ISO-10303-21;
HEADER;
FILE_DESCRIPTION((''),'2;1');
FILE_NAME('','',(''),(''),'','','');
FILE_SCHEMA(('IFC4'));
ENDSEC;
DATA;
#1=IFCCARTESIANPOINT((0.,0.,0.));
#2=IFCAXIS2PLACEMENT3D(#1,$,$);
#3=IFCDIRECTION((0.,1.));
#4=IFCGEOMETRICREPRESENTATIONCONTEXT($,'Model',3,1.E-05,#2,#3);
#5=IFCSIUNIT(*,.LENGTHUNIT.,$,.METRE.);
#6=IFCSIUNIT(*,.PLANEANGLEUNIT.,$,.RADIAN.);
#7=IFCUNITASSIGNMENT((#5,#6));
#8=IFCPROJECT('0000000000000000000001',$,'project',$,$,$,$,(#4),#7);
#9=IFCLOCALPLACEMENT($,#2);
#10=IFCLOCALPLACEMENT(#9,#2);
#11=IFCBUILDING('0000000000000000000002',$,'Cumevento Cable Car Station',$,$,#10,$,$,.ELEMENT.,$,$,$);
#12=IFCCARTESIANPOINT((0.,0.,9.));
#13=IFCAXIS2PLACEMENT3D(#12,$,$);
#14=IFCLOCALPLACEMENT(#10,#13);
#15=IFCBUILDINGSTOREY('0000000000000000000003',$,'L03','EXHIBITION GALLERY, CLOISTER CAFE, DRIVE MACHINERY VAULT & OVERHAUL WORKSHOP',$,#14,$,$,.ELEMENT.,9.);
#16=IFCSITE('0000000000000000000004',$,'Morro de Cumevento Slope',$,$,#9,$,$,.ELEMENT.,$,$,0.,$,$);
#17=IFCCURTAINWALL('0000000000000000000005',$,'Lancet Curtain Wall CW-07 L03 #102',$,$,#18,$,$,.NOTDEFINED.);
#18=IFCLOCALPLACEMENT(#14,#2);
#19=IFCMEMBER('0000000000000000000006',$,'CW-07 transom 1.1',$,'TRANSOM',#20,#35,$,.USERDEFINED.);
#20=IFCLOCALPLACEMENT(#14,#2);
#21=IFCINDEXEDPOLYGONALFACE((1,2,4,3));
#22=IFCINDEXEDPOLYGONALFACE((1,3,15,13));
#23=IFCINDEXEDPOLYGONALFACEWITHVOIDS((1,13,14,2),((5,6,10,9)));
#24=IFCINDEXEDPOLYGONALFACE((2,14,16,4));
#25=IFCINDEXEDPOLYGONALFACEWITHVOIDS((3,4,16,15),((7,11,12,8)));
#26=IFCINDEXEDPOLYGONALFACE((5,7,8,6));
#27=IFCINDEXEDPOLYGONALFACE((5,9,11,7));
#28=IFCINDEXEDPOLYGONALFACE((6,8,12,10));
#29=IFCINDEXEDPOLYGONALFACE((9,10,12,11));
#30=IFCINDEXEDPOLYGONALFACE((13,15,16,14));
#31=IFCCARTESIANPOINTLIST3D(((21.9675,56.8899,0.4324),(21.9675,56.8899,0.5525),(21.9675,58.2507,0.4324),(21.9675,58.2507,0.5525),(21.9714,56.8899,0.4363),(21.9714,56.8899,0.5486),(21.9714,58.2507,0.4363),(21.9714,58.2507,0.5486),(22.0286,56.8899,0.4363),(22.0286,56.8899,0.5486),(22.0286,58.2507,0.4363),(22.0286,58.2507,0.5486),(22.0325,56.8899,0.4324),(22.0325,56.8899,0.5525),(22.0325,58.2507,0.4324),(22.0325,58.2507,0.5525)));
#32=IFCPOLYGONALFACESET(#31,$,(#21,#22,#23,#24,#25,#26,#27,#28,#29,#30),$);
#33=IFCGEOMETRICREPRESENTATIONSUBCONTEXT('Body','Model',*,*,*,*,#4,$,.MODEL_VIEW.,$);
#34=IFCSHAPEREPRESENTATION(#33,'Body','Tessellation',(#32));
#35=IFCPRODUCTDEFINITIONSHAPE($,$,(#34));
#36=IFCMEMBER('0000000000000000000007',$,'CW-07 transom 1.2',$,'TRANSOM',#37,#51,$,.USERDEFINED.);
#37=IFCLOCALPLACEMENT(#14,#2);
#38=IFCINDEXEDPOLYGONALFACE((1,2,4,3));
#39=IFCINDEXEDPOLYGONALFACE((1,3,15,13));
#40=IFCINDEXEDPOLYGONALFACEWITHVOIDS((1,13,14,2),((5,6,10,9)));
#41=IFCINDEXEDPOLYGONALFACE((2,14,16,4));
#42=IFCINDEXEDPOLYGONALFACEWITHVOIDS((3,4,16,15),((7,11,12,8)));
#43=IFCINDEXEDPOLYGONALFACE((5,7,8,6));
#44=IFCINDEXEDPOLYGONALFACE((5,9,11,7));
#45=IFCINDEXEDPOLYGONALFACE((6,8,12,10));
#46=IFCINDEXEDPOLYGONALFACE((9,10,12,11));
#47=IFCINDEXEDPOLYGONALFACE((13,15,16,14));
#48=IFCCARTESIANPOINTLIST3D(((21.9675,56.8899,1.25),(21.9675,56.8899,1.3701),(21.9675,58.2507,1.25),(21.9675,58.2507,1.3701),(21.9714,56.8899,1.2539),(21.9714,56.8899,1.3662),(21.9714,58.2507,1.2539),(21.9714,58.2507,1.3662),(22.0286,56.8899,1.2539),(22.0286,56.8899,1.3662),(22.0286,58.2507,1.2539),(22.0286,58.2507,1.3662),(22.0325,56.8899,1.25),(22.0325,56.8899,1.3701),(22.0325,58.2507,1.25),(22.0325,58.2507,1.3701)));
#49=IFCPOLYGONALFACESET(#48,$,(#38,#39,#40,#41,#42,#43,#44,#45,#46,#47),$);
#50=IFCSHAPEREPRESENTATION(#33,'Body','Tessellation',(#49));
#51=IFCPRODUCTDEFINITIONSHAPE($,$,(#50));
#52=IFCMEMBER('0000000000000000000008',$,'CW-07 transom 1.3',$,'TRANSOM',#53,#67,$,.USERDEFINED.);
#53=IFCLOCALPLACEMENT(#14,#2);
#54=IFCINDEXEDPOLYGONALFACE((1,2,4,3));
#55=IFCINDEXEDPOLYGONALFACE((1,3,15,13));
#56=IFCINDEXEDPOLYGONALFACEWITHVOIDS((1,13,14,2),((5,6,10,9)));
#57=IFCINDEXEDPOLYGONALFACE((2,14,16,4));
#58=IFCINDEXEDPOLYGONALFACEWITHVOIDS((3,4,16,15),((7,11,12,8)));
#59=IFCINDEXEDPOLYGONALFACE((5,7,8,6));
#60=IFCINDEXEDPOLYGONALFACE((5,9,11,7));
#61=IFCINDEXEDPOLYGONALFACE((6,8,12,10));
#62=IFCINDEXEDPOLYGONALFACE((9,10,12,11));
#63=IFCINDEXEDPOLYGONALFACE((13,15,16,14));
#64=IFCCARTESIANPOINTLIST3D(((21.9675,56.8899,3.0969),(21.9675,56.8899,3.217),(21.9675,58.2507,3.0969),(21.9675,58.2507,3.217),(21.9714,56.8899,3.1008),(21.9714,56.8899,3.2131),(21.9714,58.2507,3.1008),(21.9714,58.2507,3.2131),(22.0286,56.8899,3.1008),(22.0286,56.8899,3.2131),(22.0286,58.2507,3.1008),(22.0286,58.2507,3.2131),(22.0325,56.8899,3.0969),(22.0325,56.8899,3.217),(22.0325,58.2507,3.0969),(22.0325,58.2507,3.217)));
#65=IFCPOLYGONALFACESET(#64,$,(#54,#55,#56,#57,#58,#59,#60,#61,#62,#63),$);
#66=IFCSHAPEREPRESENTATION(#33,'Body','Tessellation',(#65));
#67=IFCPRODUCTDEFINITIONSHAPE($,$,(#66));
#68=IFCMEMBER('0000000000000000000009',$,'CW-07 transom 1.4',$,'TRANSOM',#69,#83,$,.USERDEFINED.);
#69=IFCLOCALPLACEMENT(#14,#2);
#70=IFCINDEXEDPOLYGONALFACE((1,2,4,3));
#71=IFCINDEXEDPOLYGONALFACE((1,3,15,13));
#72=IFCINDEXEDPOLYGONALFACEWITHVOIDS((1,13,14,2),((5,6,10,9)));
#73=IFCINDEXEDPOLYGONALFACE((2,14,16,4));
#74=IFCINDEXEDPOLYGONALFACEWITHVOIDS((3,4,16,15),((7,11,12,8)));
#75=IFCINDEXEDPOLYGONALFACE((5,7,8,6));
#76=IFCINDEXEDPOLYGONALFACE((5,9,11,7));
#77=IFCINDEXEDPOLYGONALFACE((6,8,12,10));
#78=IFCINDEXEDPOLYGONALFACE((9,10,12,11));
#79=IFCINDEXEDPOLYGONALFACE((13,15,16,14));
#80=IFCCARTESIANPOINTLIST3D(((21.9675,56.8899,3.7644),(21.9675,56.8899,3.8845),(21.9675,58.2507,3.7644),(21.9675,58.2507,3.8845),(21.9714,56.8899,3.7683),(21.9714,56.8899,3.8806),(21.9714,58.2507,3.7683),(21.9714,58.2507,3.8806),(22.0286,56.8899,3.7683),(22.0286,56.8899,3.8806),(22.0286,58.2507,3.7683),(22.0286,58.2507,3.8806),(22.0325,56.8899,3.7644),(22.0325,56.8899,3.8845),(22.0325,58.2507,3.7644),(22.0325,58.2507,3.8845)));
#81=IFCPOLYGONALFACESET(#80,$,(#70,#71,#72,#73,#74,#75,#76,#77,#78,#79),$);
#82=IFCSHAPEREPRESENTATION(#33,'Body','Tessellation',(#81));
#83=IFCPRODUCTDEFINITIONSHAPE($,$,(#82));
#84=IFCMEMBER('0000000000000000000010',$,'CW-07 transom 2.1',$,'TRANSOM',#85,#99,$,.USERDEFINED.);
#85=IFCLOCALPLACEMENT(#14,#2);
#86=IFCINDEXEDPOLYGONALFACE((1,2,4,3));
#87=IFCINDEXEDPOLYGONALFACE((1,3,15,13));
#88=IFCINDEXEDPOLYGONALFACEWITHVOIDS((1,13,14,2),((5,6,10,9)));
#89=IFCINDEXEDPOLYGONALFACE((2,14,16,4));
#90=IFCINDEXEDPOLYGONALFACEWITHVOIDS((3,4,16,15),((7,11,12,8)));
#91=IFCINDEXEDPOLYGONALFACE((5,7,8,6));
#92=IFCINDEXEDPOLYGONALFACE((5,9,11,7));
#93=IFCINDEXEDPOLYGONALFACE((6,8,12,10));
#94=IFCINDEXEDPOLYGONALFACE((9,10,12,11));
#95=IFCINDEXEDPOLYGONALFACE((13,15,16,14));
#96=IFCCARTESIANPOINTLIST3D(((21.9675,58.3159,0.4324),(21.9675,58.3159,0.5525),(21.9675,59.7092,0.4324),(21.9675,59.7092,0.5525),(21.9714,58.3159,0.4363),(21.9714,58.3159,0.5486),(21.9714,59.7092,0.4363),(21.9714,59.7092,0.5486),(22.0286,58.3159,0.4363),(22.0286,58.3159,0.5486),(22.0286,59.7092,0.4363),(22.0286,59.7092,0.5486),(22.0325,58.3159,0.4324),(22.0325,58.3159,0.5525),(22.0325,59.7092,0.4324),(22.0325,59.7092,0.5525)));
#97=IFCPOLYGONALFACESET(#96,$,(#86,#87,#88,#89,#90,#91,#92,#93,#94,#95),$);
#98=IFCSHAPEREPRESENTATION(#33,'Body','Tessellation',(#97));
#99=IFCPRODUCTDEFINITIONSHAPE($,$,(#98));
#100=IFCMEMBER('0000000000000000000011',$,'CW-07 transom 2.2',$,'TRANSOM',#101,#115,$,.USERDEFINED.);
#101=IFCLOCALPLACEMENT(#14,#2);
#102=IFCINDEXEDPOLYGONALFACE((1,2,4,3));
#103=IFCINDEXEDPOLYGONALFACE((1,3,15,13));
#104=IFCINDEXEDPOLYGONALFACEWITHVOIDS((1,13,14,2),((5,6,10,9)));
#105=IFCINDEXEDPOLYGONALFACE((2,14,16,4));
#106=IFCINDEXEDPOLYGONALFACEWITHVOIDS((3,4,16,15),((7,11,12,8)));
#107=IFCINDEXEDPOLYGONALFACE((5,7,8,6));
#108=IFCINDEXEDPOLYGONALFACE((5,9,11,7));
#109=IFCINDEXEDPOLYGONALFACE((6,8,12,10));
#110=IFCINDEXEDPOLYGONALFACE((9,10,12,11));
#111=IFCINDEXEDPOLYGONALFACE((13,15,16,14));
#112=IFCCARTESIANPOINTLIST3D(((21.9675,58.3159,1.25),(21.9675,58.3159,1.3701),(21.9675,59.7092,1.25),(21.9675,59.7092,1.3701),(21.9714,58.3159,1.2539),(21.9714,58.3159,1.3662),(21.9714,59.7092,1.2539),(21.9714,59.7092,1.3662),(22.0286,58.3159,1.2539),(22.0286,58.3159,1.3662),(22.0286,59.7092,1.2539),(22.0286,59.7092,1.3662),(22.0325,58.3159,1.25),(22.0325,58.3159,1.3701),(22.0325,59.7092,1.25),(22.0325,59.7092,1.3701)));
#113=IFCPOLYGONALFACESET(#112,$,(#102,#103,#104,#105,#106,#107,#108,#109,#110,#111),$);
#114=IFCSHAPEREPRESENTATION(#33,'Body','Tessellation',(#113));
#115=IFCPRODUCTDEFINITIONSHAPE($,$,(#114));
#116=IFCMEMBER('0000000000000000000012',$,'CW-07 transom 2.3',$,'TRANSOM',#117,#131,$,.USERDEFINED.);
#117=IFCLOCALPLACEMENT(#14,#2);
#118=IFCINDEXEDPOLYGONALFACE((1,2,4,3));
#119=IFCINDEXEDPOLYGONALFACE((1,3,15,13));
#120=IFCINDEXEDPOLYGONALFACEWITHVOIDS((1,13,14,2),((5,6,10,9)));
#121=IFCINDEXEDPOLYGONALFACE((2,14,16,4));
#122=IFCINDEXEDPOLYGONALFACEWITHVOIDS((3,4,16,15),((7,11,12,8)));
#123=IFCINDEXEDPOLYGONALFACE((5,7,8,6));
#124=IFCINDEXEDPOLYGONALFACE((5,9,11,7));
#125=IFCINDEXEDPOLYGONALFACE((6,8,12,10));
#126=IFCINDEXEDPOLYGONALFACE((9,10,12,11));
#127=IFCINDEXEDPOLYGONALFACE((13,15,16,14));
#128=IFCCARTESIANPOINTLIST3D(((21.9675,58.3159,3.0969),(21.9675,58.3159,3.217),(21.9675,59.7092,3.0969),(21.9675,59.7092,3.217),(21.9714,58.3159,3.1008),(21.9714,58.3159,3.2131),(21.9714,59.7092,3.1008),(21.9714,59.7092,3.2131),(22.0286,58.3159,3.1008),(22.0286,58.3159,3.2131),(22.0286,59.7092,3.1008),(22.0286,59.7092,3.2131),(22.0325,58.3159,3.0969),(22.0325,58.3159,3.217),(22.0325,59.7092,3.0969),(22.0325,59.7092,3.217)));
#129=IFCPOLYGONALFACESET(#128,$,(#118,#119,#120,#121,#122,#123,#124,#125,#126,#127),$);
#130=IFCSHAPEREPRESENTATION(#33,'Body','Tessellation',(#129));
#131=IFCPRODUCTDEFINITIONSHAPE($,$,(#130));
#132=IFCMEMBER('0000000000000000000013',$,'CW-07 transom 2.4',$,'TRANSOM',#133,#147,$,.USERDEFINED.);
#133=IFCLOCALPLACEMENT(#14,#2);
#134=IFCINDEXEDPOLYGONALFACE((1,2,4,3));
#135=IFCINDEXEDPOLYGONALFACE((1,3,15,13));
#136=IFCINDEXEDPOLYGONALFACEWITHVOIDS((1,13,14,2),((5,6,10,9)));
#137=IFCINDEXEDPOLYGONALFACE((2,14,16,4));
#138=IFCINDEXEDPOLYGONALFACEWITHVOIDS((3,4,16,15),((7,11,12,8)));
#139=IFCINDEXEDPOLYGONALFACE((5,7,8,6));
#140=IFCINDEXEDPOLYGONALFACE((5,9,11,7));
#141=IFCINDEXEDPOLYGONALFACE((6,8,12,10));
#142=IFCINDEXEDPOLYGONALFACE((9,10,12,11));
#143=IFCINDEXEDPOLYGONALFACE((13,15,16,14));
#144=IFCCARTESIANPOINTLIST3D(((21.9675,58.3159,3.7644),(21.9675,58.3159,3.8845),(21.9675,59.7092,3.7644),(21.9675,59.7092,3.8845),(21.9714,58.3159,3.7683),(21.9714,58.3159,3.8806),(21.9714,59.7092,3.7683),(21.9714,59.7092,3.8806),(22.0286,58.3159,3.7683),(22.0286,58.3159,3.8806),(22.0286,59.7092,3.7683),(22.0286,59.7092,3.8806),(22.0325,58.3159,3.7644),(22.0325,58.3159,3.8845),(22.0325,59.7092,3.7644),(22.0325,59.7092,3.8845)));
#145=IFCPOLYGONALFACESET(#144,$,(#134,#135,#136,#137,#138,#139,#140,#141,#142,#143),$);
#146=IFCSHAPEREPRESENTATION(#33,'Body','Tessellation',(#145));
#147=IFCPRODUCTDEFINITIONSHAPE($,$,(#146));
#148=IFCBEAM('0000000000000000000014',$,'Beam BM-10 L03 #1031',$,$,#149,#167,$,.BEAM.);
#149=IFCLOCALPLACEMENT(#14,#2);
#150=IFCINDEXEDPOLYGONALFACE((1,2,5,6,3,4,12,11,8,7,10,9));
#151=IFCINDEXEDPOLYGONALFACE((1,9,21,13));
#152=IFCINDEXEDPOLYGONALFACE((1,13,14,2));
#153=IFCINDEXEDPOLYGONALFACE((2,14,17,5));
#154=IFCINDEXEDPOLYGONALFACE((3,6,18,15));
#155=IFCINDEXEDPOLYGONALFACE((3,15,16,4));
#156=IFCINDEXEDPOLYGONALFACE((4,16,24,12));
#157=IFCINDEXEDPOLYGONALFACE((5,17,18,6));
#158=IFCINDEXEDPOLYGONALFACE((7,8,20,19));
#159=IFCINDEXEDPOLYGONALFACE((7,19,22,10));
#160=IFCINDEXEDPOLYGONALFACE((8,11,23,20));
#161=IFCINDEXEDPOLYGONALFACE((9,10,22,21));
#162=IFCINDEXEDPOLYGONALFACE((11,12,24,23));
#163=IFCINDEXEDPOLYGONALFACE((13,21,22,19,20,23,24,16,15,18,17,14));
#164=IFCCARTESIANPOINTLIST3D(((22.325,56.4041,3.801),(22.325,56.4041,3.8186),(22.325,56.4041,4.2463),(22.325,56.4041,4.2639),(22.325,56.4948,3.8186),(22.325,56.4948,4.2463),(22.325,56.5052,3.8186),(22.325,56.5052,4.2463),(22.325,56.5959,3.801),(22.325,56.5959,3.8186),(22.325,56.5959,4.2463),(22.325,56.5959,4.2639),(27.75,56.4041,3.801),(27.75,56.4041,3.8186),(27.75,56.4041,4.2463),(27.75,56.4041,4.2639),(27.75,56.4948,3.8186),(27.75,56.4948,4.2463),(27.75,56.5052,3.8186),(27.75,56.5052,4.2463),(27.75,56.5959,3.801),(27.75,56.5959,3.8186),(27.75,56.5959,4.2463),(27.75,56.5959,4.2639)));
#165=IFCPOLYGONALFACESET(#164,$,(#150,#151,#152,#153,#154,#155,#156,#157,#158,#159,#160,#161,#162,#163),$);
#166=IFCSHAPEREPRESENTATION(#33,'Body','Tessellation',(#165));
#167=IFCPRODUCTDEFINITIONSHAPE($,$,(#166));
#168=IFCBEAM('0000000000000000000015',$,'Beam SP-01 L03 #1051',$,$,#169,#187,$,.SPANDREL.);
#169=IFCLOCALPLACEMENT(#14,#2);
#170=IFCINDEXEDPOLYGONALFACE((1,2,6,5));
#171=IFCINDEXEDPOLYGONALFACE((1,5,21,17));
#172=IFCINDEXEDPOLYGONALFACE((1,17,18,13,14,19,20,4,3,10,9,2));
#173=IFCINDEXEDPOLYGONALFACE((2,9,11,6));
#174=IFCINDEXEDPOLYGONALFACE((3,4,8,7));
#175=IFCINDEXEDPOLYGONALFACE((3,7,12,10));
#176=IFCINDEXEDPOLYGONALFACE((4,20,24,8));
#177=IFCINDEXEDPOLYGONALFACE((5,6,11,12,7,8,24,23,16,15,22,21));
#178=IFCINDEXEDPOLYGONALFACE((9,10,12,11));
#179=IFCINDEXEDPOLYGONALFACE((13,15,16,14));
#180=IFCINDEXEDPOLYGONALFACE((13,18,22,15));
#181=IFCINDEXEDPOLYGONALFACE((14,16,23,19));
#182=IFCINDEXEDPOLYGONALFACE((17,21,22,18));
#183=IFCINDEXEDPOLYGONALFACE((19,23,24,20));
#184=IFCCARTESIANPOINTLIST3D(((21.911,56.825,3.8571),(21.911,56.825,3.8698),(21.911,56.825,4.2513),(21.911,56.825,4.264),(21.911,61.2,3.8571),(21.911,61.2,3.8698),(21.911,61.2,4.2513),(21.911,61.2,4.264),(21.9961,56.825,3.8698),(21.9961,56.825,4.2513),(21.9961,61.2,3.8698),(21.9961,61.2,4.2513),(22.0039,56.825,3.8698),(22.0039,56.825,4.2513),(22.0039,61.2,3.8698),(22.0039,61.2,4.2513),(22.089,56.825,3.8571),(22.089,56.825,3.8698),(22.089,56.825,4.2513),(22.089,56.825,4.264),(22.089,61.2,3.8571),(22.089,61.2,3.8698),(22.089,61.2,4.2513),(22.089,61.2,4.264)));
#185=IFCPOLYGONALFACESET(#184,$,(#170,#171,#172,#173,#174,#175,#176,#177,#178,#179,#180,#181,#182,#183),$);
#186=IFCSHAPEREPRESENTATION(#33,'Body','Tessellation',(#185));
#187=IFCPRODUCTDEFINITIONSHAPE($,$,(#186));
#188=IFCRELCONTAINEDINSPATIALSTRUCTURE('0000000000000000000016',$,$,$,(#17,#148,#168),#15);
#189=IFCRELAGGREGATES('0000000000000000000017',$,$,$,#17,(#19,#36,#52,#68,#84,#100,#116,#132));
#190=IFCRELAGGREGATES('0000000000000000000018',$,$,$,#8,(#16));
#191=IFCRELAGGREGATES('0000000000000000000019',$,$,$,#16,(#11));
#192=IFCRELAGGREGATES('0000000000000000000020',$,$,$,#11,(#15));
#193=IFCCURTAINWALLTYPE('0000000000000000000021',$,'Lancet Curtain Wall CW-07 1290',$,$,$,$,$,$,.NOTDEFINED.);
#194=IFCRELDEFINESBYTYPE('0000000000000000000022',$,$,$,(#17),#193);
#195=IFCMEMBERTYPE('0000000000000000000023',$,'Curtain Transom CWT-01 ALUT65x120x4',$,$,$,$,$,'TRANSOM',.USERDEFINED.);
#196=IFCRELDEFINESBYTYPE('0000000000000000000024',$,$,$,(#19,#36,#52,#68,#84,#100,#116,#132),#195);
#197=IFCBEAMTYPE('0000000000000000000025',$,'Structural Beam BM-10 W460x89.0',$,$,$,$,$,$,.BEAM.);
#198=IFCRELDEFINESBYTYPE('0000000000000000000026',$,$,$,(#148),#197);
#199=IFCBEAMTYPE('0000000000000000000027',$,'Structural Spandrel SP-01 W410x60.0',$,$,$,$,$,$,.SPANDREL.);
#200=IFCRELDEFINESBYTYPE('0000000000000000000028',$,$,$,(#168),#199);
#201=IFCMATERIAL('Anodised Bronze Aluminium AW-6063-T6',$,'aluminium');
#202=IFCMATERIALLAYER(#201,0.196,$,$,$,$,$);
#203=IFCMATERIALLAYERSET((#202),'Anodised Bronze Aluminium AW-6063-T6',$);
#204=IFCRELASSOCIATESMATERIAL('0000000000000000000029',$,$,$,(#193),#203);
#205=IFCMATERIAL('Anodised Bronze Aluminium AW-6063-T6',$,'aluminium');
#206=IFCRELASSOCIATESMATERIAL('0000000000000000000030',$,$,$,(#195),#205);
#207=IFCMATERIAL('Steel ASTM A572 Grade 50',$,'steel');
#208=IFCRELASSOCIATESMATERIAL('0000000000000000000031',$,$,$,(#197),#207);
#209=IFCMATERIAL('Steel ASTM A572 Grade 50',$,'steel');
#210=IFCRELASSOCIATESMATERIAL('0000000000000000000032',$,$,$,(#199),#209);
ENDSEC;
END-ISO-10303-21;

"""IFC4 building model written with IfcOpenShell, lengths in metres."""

from ifc_helpers import new_model, si_unit, direction, frame, origin, origin_2d, place, context, subcontext, project, spatial, hollow_rectangle, i_section, extrude, material, layer, layer_set, material_profile, profile_set, type_object, element, aggregate, save


model = new_model("IFC4")

# Units and contexts
model_context = context("Model", 3, precision=1e-05, world=origin(), true_north=direction((0.0, 1.0)))
body_context = subcontext(model_context, "Body", "Model", "MODEL_VIEW")
ifc_project = project(units=[si_unit("LENGTHUNIT", "METRE"), si_unit("PLANEANGLEUNIT", "RADIAN")], contexts=[model_context])

# Site, building, storey
site_placement = place(None, origin())
site = spatial("IfcSite", under=ifc_project, at=site_placement, Name="Morro de Cumevento Slope", CompositionType="ELEMENT", RefElevation=0.0)
building_placement = place(site_placement, origin())
building = spatial("IfcBuilding", under=site, at=building_placement, Name="Cumevento Cable Car Station", CompositionType="ELEMENT")
storey_placement = place(building_placement, frame((0.0, 0.0, 9.0)))
storey = spatial("IfcBuildingStorey", under=building, at=storey_placement, Name="L03", Description="EXHIBITION GALLERY, CLOISTER CAFE, DRIVE MACHINERY VAULT & OVERHAUL WORKSHOP", CompositionType="ELEMENT", Elevation=9.0)

# Curtain wall
ifc_material_1 = material(Name="Anodised Bronze Aluminium AW-6063-T6", Category="aluminium")
ifc_layer_1 = layer(ifc_material_1, 0.196)
ifc_layer_set_1 = layer_set([ifc_layer_1], Name="Anodised Bronze Aluminium AW-6063-T6")
curtain_wall_type_1 = type_object("IfcCurtainWallType", Name="Lancet Curtain Wall CW-07 1290", PredefinedType="NOTDEFINED", material=ifc_layer_set_1)
curtain_wall_1_placement = place(storey_placement, origin())
curtain_wall_1 = element("IfcCurtainWall", 1, at=curtain_wall_1_placement, inside=storey, type_object=curtain_wall_type_1, Name="Lancet Curtain Wall CW-07 L03 #102", PredefinedType="NOTDEFINED")

# Members
ifc_material_2 = material(Name="Anodised Bronze Aluminium AW-6063-T6", Category="aluminium")
ifc_material_profile_1 = material_profile(ifc_material_2, hollow_rectangle(XDim=0.0649, YDim=0.1201, WallThickness=0.0039, at=origin_2d()), Name="ALUT65x120x4")
ifc_profile_set_1 = profile_set([ifc_material_profile_1], Name="Anodised Bronze Aluminium AW-6063-T6")
member_type_1 = type_object("IfcMemberType", Name="Curtain Transom CWT-01 ALUT65x120x4", ElementType="TRANSOM", PredefinedType="USERDEFINED", material=ifc_profile_set_1)
member_1_placement = place(storey_placement, frame((22.0, 56.8899, 0.4924), z_axis=(0.0, 1.0, 0.0), x_axis=(-1.0, 0.0, 0.0)))
member_1 = element("IfcMember", 2, at=member_1_placement, type_object=member_type_1, Name="CW-07 transom 1.1", ObjectType="TRANSOM", PredefinedType="USERDEFINED", context=body_context, shape_type="SweptSolid", body=[
    extrude(hollow_rectangle(XDim=0.0649, YDim=0.1201, WallThickness=0.0039, at=origin_2d()), origin(), (0.0, 0.0, 1.0), 1.3608),
])
member_2_placement = place(storey_placement, frame((22.0, 56.8899, 1.3101), z_axis=(0.0, 1.0, 0.0), x_axis=(-1.0, 0.0, 0.0)))
member_2 = element("IfcMember", 3, at=member_2_placement, type_object=member_type_1, Name="CW-07 transom 1.2", ObjectType="TRANSOM", PredefinedType="USERDEFINED", context=body_context, shape_type="SweptSolid", body=[
    extrude(hollow_rectangle(XDim=0.0649, YDim=0.1201, WallThickness=0.0039, at=origin_2d()), origin(), (0.0, 0.0, 1.0), 1.3608),
])
member_3_placement = place(storey_placement, frame((22.0, 56.8899, 3.157), z_axis=(0.0, 1.0, 0.0), x_axis=(-1.0, 0.0, 0.0)))
member_3 = element("IfcMember", 4, at=member_3_placement, type_object=member_type_1, Name="CW-07 transom 1.3", ObjectType="TRANSOM", PredefinedType="USERDEFINED", context=body_context, shape_type="SweptSolid", body=[
    extrude(hollow_rectangle(XDim=0.0649, YDim=0.1201, WallThickness=0.0039, at=origin_2d()), origin(), (0.0, 0.0, 1.0), 1.3608),
])
member_4_placement = place(storey_placement, frame((22.0, 56.8899, 3.8245), z_axis=(0.0, 1.0, 0.0), x_axis=(-1.0, 0.0, 0.0)))
member_4 = element("IfcMember", 5, at=member_4_placement, type_object=member_type_1, Name="CW-07 transom 1.4", ObjectType="TRANSOM", PredefinedType="USERDEFINED", context=body_context, shape_type="SweptSolid", body=[
    extrude(hollow_rectangle(XDim=0.0649, YDim=0.1201, WallThickness=0.0039, at=origin_2d()), origin(), (0.0, 0.0, 1.0), 1.3608),
])
member_5_placement = place(storey_placement, frame((22.0, 58.3159, 0.4924), z_axis=(0.0, 1.0, 0.0), x_axis=(-1.0, 0.0, 0.0)))
member_5 = element("IfcMember", 6, at=member_5_placement, type_object=member_type_1, Name="CW-07 transom 2.1", ObjectType="TRANSOM", PredefinedType="USERDEFINED", context=body_context, shape_type="SweptSolid", body=[
    extrude(hollow_rectangle(XDim=0.0649, YDim=0.1201, WallThickness=0.0039, at=origin_2d()), origin(), (0.0, 0.0, 1.0), 1.3933),
])
member_6_placement = place(storey_placement, frame((22.0, 58.3159, 1.3101), z_axis=(0.0, 1.0, 0.0), x_axis=(-1.0, 0.0, 0.0)))
member_6 = element("IfcMember", 7, at=member_6_placement, type_object=member_type_1, Name="CW-07 transom 2.2", ObjectType="TRANSOM", PredefinedType="USERDEFINED", context=body_context, shape_type="SweptSolid", body=[
    extrude(hollow_rectangle(XDim=0.0649, YDim=0.1201, WallThickness=0.0039, at=origin_2d()), origin(), (0.0, 0.0, 1.0), 1.3933),
])
member_7_placement = place(storey_placement, frame((22.0, 58.3159, 3.157), z_axis=(0.0, 1.0, 0.0), x_axis=(-1.0, 0.0, 0.0)))
member_7 = element("IfcMember", 8, at=member_7_placement, type_object=member_type_1, Name="CW-07 transom 2.3", ObjectType="TRANSOM", PredefinedType="USERDEFINED", context=body_context, shape_type="SweptSolid", body=[
    extrude(hollow_rectangle(XDim=0.0649, YDim=0.1201, WallThickness=0.0039, at=origin_2d()), origin(), (0.0, 0.0, 1.0), 1.3933),
])
member_8_placement = place(storey_placement, frame((22.0, 58.3159, 3.8245), z_axis=(0.0, 1.0, 0.0), x_axis=(-1.0, 0.0, 0.0)))
member_8 = element("IfcMember", 9, at=member_8_placement, type_object=member_type_1, Name="CW-07 transom 2.4", ObjectType="TRANSOM", PredefinedType="USERDEFINED", context=body_context, shape_type="SweptSolid", body=[
    extrude(hollow_rectangle(XDim=0.0649, YDim=0.1201, WallThickness=0.0039, at=origin_2d()), origin(), (0.0, 0.0, 1.0), 1.3933),
])

# Beams
ifc_material_3 = material(Name="Steel ASTM A572 Grade 50", Category="steel")
ifc_material_profile_2 = material_profile(ifc_material_3, i_section(OverallWidth=0.1919, OverallDepth=0.4629, WebThickness=0.0105, FlangeThickness=0.0176, at=origin_2d()), Name="W460x89.0")
ifc_profile_set_2 = profile_set([ifc_material_profile_2], Name="Steel ASTM A572 Grade 50")
beam_type_1 = type_object("IfcBeamType", Name="Structural Beam BM-10 W460x89.0", PredefinedType="BEAM", material=ifc_profile_set_2)
beam_1_placement = place(storey_placement, frame((22.325, 56.5, 4.0325), z_axis=(1.0, 0.0, 0.0), x_axis=(0.0, 1.0, 0.0)))
element("IfcBeam", 10, at=beam_1_placement, inside=storey, type_object=beam_type_1, Name="Beam BM-10 L03 #1031", PredefinedType="BEAM", context=body_context, shape_type="SweptSolid", body=[
    extrude(i_section(OverallWidth=0.1919, OverallDepth=0.4629, WebThickness=0.0105, FlangeThickness=0.0176, at=origin_2d()), origin(), (0.0, 0.0, 1.0), 5.425),
])
ifc_material_4 = material(Name="Steel ASTM A572 Grade 50", Category="steel")
ifc_material_profile_3 = material_profile(ifc_material_4, i_section(OverallWidth=0.178, OverallDepth=0.407, WebThickness=0.0078, FlangeThickness=0.0127, at=origin_2d()), Name="W410x60.0")
ifc_profile_set_3 = profile_set([ifc_material_profile_3], Name="Steel ASTM A572 Grade 50")
beam_type_2 = type_object("IfcBeamType", Name="Structural Spandrel SP-01 W410x60.0", PredefinedType="SPANDREL", material=ifc_profile_set_3)
beam_2_placement = place(storey_placement, frame((22.0, 56.825, 4.0605), z_axis=(0.0, 1.0, 0.0), x_axis=(-1.0, 0.0, 0.0)))
element("IfcBeam", 11, at=beam_2_placement, inside=storey, type_object=beam_type_2, Name="Beam SP-01 L03 #1051", PredefinedType="SPANDREL", context=body_context, shape_type="SweptSolid", body=[
    extrude(i_section(OverallWidth=0.178, OverallDepth=0.407, WebThickness=0.0078, FlangeThickness=0.0127, at=origin_2d()), origin(), (0.0, 0.0, 1.0), 4.375),
])

aggregate(curtain_wall_1, [member_1, member_2, member_3, member_4, member_5, member_6, member_7, member_8])

save(model, "model.ifc")
